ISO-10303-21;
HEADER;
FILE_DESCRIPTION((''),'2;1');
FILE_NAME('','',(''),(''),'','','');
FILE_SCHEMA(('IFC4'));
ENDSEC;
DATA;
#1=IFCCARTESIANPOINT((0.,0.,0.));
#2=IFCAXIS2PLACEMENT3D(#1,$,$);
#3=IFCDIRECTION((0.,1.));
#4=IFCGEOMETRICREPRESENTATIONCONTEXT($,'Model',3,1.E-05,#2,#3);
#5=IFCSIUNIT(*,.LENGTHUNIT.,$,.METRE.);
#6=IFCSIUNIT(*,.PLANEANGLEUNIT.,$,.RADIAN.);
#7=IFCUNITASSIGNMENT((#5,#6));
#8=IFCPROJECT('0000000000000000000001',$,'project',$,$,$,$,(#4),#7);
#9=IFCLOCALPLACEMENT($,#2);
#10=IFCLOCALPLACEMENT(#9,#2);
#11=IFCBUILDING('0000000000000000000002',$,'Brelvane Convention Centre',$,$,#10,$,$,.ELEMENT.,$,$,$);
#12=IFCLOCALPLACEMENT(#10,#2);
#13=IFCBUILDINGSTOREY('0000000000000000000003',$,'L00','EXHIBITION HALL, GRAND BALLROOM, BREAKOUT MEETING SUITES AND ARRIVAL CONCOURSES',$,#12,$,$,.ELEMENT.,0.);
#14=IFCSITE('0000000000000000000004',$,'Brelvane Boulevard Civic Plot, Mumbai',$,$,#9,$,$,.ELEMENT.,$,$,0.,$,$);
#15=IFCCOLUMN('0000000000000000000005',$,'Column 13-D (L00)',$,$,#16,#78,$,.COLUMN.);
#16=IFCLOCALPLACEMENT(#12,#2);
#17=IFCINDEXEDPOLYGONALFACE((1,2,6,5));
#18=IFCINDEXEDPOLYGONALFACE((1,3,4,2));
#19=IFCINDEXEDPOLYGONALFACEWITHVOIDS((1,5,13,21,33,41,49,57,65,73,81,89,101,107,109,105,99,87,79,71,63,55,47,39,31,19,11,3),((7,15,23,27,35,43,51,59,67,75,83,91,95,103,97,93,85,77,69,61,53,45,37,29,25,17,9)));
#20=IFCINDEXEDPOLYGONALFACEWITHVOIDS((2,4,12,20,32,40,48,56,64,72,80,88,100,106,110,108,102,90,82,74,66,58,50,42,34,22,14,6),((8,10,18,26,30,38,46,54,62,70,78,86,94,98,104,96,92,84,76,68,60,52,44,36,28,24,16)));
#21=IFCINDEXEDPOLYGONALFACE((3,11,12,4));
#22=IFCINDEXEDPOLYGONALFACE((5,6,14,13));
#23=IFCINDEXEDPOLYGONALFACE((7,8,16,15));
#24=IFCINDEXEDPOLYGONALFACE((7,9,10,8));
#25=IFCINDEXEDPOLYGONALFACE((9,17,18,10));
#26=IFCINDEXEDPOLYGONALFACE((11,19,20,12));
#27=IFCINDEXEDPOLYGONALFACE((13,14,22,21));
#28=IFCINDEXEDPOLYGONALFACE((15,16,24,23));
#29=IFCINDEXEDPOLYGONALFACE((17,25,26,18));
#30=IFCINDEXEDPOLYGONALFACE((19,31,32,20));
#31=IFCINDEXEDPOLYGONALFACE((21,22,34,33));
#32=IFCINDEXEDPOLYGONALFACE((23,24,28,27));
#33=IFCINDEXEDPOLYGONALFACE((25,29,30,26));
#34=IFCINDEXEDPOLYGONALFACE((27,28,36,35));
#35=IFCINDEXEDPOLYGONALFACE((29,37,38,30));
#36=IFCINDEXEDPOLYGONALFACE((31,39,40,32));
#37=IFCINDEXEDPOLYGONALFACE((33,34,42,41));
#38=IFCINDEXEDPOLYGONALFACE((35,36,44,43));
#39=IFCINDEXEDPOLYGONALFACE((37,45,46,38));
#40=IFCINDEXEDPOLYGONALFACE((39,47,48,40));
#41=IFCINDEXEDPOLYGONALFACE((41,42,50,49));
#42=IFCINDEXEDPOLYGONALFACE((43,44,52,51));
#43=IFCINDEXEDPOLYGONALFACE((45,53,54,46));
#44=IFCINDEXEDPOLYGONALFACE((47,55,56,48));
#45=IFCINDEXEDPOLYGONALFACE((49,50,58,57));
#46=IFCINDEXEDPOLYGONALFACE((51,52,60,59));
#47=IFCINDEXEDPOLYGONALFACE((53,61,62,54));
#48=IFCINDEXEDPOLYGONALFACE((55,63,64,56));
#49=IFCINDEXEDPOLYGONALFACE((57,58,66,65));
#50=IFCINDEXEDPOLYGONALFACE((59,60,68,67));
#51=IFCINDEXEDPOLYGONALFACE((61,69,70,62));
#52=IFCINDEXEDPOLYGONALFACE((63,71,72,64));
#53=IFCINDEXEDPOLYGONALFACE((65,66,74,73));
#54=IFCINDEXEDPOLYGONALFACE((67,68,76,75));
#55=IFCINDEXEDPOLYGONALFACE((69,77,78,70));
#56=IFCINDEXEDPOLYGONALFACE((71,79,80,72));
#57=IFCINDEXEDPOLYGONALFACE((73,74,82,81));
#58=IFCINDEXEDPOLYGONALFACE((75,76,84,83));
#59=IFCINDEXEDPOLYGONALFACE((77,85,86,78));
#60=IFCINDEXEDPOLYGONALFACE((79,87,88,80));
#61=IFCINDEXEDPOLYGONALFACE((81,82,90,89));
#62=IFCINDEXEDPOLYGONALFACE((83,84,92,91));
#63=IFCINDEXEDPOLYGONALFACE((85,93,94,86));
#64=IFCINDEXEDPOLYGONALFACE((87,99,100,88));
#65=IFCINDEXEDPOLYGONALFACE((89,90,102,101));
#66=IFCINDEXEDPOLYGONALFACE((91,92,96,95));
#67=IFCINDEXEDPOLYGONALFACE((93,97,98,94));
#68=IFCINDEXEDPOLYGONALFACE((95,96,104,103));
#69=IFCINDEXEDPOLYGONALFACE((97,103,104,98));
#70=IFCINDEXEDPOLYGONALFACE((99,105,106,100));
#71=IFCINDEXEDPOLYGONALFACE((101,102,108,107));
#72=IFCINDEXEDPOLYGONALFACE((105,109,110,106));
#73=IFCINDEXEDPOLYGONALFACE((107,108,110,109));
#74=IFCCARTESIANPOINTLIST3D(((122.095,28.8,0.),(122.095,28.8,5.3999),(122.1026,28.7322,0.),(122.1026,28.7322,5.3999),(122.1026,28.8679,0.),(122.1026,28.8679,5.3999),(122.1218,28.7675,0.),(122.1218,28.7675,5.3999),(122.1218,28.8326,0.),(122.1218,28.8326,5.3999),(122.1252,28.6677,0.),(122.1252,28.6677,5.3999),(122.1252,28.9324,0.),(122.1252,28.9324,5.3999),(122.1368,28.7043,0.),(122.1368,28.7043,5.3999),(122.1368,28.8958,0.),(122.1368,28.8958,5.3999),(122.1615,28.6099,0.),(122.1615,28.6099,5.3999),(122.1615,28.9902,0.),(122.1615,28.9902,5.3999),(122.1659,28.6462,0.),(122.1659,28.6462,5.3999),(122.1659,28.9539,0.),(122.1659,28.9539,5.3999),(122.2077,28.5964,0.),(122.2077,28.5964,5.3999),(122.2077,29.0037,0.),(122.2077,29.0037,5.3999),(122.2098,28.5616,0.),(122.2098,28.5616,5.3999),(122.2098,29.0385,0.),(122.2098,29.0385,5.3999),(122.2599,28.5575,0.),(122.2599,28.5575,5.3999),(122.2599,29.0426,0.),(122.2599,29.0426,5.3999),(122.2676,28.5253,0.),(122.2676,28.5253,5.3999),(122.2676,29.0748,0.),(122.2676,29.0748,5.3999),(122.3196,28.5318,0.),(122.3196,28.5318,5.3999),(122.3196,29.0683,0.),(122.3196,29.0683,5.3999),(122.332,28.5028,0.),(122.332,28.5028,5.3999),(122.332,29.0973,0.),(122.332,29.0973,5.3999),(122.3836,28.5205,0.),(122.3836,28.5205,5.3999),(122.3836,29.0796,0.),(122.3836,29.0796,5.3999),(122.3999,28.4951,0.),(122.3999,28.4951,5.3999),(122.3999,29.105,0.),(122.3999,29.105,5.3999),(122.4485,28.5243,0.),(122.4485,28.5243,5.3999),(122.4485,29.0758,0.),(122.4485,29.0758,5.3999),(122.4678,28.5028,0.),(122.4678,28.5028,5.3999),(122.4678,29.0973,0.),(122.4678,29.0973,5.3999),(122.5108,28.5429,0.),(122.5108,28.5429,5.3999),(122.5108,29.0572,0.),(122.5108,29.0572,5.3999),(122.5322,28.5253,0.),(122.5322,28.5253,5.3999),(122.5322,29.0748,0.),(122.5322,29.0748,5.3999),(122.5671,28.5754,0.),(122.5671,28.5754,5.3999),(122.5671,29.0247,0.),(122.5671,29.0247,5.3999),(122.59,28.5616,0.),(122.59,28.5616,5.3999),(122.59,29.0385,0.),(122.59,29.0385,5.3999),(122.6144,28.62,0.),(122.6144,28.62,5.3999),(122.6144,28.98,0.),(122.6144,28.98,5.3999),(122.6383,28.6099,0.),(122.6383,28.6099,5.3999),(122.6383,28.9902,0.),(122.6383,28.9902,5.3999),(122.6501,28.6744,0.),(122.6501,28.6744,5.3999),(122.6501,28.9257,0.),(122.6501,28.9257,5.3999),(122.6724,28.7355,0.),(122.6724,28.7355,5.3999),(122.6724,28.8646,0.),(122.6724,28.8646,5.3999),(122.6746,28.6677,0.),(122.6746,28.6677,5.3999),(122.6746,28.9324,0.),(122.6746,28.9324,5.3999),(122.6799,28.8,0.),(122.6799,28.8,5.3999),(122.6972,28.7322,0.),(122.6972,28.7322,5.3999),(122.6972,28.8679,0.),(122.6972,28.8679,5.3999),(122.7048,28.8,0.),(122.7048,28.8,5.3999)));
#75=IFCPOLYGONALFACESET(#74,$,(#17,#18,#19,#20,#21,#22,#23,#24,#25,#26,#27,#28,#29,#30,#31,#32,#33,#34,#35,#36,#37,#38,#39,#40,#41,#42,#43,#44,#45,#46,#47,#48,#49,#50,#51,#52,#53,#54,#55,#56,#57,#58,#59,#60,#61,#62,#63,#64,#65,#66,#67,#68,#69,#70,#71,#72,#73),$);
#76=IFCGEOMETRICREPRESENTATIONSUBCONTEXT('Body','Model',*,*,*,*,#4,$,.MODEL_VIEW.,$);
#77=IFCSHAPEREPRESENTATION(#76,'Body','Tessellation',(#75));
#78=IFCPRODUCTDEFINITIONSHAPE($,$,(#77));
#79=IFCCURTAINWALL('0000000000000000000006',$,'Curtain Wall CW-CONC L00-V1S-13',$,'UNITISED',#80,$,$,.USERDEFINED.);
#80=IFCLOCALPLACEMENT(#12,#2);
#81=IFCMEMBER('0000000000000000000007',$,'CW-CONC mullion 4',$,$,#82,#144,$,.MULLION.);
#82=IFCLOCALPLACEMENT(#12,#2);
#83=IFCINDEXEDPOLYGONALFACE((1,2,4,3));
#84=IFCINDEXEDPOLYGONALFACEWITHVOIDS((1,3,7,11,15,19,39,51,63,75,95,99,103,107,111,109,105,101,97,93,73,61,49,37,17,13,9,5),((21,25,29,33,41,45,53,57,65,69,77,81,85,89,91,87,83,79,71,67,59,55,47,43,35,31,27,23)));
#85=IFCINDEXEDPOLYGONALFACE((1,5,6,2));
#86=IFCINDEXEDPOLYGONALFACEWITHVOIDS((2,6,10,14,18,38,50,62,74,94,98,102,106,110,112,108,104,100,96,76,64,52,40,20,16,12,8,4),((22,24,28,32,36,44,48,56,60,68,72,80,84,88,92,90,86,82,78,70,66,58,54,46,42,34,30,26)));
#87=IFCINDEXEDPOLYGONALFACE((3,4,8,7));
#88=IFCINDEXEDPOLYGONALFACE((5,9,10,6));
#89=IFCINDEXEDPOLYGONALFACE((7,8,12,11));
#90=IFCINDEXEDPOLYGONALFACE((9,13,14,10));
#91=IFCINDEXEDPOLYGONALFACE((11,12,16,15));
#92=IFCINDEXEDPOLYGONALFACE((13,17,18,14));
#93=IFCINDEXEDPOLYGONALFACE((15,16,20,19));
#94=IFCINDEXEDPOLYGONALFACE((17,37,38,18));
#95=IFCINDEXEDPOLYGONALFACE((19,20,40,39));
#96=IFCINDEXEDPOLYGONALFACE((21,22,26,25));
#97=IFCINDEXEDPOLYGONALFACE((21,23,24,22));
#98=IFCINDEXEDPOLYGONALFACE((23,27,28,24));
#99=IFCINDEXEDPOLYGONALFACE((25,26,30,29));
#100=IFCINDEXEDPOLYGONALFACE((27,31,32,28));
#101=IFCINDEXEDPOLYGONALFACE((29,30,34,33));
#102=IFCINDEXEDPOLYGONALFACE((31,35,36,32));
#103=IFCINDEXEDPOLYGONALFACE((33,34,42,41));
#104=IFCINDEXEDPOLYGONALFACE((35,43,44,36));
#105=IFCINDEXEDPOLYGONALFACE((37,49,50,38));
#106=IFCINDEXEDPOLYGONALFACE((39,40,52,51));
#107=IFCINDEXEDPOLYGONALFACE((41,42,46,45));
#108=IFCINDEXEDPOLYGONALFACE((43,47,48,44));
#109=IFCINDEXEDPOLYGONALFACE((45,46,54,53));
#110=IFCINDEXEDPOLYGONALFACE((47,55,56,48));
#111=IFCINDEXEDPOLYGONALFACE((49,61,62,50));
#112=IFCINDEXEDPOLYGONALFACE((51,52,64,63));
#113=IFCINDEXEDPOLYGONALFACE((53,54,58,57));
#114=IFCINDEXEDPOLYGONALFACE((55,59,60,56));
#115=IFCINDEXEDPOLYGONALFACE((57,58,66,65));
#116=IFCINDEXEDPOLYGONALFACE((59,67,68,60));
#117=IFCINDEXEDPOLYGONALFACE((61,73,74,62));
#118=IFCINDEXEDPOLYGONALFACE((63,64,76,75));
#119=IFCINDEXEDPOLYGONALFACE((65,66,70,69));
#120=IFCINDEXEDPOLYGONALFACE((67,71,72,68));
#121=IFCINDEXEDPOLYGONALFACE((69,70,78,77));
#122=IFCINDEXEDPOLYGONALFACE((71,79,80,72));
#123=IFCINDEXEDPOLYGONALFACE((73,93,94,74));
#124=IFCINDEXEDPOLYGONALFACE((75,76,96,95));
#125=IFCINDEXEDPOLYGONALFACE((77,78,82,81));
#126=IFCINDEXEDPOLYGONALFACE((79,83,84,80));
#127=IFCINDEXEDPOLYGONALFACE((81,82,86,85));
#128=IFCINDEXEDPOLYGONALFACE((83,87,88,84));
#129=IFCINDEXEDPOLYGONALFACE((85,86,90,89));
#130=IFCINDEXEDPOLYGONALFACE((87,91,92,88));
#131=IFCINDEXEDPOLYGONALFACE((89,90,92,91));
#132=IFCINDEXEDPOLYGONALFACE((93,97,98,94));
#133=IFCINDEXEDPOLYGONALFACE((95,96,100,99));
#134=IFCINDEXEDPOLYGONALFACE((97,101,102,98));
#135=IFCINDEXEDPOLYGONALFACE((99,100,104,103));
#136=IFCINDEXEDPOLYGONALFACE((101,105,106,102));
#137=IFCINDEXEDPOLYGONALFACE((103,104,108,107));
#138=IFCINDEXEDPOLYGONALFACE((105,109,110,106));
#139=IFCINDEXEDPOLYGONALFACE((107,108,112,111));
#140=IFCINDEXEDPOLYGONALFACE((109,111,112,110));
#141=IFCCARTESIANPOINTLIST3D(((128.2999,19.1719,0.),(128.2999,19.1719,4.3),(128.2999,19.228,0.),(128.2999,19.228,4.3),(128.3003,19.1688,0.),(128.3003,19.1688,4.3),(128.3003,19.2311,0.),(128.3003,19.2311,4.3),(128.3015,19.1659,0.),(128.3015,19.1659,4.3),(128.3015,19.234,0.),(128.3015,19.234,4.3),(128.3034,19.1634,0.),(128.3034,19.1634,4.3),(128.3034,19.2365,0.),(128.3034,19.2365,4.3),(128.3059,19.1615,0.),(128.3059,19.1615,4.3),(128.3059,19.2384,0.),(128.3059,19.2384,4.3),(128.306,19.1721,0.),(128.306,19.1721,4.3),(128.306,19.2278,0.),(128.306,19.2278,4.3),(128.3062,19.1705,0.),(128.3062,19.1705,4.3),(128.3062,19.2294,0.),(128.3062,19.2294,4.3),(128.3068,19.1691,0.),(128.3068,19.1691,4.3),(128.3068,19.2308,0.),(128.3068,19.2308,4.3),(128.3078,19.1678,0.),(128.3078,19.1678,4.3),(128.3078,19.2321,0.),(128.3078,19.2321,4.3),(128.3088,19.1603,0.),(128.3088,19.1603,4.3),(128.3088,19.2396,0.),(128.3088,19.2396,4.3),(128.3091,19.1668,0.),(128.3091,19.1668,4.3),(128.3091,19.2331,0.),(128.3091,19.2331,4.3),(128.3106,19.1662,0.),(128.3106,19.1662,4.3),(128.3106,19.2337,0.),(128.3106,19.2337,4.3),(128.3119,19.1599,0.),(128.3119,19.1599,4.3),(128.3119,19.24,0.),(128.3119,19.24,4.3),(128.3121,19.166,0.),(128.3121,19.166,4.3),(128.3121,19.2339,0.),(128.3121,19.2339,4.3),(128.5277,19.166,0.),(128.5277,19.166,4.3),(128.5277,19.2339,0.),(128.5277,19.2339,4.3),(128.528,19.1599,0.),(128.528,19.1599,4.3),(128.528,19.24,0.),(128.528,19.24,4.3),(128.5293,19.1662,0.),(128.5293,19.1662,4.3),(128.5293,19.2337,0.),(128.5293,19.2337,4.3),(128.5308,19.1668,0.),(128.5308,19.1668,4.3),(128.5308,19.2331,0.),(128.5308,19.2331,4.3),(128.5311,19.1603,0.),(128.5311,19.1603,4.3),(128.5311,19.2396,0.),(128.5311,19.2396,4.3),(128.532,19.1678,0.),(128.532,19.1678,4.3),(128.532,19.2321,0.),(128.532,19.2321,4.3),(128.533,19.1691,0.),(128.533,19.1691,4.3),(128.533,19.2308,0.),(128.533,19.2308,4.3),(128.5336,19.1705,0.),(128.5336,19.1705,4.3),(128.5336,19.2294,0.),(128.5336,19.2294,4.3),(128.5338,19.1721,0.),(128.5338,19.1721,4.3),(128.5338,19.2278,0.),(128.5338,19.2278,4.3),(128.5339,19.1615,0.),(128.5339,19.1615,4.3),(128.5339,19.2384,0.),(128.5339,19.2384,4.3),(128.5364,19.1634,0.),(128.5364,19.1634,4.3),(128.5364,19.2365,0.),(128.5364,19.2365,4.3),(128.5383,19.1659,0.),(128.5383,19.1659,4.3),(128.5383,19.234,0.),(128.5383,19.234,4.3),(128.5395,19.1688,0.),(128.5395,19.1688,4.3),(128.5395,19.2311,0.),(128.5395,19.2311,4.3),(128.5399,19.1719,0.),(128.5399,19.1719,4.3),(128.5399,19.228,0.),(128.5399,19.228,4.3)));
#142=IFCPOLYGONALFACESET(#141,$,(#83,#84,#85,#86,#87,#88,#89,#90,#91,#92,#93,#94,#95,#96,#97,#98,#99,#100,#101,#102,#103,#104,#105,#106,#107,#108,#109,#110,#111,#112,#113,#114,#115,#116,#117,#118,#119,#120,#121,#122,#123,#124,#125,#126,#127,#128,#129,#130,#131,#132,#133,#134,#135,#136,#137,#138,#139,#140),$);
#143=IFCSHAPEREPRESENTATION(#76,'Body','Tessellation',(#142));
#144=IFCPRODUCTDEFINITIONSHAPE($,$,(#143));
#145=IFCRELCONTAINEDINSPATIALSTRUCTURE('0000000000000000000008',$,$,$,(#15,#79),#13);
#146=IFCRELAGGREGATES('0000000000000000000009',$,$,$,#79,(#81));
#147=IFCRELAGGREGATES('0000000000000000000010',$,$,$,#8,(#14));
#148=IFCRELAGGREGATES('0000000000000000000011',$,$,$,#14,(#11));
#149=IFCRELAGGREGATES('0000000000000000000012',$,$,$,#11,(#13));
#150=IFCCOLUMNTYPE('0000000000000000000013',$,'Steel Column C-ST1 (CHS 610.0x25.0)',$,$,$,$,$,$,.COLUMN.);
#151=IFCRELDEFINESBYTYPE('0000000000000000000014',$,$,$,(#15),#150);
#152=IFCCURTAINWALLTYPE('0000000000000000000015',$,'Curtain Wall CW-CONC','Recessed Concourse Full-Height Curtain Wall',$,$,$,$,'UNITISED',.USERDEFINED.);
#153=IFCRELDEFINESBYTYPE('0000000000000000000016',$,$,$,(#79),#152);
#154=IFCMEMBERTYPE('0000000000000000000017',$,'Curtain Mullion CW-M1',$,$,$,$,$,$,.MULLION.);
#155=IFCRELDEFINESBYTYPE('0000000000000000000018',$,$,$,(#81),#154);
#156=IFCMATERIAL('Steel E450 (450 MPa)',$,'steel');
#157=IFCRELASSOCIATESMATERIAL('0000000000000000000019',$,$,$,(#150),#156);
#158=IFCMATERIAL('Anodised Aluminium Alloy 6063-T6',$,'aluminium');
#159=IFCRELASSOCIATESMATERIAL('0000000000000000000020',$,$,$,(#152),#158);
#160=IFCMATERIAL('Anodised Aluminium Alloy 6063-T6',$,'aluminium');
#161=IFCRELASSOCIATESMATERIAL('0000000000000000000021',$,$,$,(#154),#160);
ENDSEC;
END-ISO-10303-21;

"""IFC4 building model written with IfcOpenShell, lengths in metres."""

from ifc_helpers import new_model, si_unit, direction, frame, origin, origin_2d, place, context, subcontext, project, spatial, hollow_rectangle, hollow_circle, extrude, material, material_profile, profile_set, type_object, element, aggregate, save


model = new_model("IFC4")

# Units and contexts
model_context = context("Model", 3, precision=1e-05, world=origin(), true_north=direction((0.0, 1.0)))
body_context = subcontext(model_context, "Body", "Model", "MODEL_VIEW")
ifc_project = project(units=[si_unit("LENGTHUNIT", "METRE"), si_unit("PLANEANGLEUNIT", "RADIAN")], contexts=[model_context])

# Site, building, storey
site_placement = place(None, origin())
site = spatial("IfcSite", under=ifc_project, at=site_placement, Name="Brelvane Boulevard Civic Plot, Mumbai", CompositionType="ELEMENT", RefElevation=0.0)
building_placement = place(site_placement, origin())
building = spatial("IfcBuilding", under=site, at=building_placement, Name="Brelvane Convention Centre", CompositionType="ELEMENT")
storey_placement = place(building_placement, origin())
storey = spatial("IfcBuildingStorey", under=building, at=storey_placement, Name="L00", Description="EXHIBITION HALL, GRAND BALLROOM, BREAKOUT MEETING SUITES AND ARRIVAL CONCOURSES", CompositionType="ELEMENT", Elevation=0.0)

# Column
ifc_material_1 = material(Name="Steel E450 (450 MPa)", Category="steel")
ifc_material_profile_1 = material_profile(ifc_material_1, hollow_circle(Radius=0.3049, WallThickness=0.0249, at=origin_2d()), Name="CHS 610.0x25.0")
ifc_profile_set_1 = profile_set([ifc_material_profile_1], Name="Steel E450 (450 MPa)")
column_type = type_object("IfcColumnType", Name="Steel Column C-ST1 (CHS 610.0x25.0)", PredefinedType="COLUMN", material=ifc_profile_set_1)
column_placement = place(storey_placement, frame((122.3999, 28.8, 0.0), z_axis=(0.0, 0.0, 1.0), x_axis=(1.0, 0.0, 0.0)))
element("IfcColumn", 1, at=column_placement, inside=storey, type_object=column_type, Name="Column 13-D (L00)", PredefinedType="COLUMN", context=body_context, shape_type="SweptSolid", body=[
    extrude(hollow_circle(Radius=0.3049, WallThickness=0.0249, at=origin_2d()), origin(), (0.0, 0.0, 1.0), 5.3999),
])

# Curtain wall, member
ifc_material_2 = material(Name="Anodised Aluminium Alloy 6063-T6", Category="aluminium")
curtain_wall_type = type_object("IfcCurtainWallType", Name="Curtain Wall CW-CONC", Description="Recessed Concourse Full-Height Curtain Wall", ElementType="UNITISED", PredefinedType="USERDEFINED", material=ifc_material_2)
curtain_wall_placement = place(storey_placement, origin())
curtain_wall = element("IfcCurtainWall", 2, at=curtain_wall_placement, inside=storey, type_object=curtain_wall_type, Name="Curtain Wall CW-CONC L00-V1S-13", ObjectType="UNITISED", PredefinedType="USERDEFINED")
ifc_material_3 = material(Name="Anodised Aluminium Alloy 6063-T6", Category="aluminium")
ifc_material_profile_2 = material_profile(ifc_material_3, hollow_rectangle(XDim=0.0801, YDim=0.24, WallThickness=0.0061, InnerFilletRadius=0.0061, OuterFilletRadius=0.012, at=origin_2d()), Name="ALU-M 240x80x6.0")
ifc_profile_set_2 = profile_set([ifc_material_profile_2], Name="Anodised Aluminium Alloy 6063-T6")
member_type_1 = type_object("IfcMemberType", Name="Curtain Mullion CW-M1", PredefinedType="MULLION", material=ifc_profile_set_2)
member_1_placement = place(storey_placement, frame((128.4199, 19.2, 0.0), z_axis=(0.0, 0.0, 1.0), x_axis=(0.0, 1.0, 0.0)))
member_1 = element("IfcMember", 3, at=member_1_placement, type_object=member_type_1, Name="CW-CONC mullion 4", PredefinedType="MULLION", context=body_context, shape_type="SweptSolid", body=[
    extrude(hollow_rectangle(XDim=0.0801, YDim=0.24, WallThickness=0.0061, InnerFilletRadius=0.0061, OuterFilletRadius=0.012, at=origin_2d()), origin(), (0.0, 0.0, 1.0), 4.3),
])

aggregate(curtain_wall, [member_1])

save(model, "model.ifc")
